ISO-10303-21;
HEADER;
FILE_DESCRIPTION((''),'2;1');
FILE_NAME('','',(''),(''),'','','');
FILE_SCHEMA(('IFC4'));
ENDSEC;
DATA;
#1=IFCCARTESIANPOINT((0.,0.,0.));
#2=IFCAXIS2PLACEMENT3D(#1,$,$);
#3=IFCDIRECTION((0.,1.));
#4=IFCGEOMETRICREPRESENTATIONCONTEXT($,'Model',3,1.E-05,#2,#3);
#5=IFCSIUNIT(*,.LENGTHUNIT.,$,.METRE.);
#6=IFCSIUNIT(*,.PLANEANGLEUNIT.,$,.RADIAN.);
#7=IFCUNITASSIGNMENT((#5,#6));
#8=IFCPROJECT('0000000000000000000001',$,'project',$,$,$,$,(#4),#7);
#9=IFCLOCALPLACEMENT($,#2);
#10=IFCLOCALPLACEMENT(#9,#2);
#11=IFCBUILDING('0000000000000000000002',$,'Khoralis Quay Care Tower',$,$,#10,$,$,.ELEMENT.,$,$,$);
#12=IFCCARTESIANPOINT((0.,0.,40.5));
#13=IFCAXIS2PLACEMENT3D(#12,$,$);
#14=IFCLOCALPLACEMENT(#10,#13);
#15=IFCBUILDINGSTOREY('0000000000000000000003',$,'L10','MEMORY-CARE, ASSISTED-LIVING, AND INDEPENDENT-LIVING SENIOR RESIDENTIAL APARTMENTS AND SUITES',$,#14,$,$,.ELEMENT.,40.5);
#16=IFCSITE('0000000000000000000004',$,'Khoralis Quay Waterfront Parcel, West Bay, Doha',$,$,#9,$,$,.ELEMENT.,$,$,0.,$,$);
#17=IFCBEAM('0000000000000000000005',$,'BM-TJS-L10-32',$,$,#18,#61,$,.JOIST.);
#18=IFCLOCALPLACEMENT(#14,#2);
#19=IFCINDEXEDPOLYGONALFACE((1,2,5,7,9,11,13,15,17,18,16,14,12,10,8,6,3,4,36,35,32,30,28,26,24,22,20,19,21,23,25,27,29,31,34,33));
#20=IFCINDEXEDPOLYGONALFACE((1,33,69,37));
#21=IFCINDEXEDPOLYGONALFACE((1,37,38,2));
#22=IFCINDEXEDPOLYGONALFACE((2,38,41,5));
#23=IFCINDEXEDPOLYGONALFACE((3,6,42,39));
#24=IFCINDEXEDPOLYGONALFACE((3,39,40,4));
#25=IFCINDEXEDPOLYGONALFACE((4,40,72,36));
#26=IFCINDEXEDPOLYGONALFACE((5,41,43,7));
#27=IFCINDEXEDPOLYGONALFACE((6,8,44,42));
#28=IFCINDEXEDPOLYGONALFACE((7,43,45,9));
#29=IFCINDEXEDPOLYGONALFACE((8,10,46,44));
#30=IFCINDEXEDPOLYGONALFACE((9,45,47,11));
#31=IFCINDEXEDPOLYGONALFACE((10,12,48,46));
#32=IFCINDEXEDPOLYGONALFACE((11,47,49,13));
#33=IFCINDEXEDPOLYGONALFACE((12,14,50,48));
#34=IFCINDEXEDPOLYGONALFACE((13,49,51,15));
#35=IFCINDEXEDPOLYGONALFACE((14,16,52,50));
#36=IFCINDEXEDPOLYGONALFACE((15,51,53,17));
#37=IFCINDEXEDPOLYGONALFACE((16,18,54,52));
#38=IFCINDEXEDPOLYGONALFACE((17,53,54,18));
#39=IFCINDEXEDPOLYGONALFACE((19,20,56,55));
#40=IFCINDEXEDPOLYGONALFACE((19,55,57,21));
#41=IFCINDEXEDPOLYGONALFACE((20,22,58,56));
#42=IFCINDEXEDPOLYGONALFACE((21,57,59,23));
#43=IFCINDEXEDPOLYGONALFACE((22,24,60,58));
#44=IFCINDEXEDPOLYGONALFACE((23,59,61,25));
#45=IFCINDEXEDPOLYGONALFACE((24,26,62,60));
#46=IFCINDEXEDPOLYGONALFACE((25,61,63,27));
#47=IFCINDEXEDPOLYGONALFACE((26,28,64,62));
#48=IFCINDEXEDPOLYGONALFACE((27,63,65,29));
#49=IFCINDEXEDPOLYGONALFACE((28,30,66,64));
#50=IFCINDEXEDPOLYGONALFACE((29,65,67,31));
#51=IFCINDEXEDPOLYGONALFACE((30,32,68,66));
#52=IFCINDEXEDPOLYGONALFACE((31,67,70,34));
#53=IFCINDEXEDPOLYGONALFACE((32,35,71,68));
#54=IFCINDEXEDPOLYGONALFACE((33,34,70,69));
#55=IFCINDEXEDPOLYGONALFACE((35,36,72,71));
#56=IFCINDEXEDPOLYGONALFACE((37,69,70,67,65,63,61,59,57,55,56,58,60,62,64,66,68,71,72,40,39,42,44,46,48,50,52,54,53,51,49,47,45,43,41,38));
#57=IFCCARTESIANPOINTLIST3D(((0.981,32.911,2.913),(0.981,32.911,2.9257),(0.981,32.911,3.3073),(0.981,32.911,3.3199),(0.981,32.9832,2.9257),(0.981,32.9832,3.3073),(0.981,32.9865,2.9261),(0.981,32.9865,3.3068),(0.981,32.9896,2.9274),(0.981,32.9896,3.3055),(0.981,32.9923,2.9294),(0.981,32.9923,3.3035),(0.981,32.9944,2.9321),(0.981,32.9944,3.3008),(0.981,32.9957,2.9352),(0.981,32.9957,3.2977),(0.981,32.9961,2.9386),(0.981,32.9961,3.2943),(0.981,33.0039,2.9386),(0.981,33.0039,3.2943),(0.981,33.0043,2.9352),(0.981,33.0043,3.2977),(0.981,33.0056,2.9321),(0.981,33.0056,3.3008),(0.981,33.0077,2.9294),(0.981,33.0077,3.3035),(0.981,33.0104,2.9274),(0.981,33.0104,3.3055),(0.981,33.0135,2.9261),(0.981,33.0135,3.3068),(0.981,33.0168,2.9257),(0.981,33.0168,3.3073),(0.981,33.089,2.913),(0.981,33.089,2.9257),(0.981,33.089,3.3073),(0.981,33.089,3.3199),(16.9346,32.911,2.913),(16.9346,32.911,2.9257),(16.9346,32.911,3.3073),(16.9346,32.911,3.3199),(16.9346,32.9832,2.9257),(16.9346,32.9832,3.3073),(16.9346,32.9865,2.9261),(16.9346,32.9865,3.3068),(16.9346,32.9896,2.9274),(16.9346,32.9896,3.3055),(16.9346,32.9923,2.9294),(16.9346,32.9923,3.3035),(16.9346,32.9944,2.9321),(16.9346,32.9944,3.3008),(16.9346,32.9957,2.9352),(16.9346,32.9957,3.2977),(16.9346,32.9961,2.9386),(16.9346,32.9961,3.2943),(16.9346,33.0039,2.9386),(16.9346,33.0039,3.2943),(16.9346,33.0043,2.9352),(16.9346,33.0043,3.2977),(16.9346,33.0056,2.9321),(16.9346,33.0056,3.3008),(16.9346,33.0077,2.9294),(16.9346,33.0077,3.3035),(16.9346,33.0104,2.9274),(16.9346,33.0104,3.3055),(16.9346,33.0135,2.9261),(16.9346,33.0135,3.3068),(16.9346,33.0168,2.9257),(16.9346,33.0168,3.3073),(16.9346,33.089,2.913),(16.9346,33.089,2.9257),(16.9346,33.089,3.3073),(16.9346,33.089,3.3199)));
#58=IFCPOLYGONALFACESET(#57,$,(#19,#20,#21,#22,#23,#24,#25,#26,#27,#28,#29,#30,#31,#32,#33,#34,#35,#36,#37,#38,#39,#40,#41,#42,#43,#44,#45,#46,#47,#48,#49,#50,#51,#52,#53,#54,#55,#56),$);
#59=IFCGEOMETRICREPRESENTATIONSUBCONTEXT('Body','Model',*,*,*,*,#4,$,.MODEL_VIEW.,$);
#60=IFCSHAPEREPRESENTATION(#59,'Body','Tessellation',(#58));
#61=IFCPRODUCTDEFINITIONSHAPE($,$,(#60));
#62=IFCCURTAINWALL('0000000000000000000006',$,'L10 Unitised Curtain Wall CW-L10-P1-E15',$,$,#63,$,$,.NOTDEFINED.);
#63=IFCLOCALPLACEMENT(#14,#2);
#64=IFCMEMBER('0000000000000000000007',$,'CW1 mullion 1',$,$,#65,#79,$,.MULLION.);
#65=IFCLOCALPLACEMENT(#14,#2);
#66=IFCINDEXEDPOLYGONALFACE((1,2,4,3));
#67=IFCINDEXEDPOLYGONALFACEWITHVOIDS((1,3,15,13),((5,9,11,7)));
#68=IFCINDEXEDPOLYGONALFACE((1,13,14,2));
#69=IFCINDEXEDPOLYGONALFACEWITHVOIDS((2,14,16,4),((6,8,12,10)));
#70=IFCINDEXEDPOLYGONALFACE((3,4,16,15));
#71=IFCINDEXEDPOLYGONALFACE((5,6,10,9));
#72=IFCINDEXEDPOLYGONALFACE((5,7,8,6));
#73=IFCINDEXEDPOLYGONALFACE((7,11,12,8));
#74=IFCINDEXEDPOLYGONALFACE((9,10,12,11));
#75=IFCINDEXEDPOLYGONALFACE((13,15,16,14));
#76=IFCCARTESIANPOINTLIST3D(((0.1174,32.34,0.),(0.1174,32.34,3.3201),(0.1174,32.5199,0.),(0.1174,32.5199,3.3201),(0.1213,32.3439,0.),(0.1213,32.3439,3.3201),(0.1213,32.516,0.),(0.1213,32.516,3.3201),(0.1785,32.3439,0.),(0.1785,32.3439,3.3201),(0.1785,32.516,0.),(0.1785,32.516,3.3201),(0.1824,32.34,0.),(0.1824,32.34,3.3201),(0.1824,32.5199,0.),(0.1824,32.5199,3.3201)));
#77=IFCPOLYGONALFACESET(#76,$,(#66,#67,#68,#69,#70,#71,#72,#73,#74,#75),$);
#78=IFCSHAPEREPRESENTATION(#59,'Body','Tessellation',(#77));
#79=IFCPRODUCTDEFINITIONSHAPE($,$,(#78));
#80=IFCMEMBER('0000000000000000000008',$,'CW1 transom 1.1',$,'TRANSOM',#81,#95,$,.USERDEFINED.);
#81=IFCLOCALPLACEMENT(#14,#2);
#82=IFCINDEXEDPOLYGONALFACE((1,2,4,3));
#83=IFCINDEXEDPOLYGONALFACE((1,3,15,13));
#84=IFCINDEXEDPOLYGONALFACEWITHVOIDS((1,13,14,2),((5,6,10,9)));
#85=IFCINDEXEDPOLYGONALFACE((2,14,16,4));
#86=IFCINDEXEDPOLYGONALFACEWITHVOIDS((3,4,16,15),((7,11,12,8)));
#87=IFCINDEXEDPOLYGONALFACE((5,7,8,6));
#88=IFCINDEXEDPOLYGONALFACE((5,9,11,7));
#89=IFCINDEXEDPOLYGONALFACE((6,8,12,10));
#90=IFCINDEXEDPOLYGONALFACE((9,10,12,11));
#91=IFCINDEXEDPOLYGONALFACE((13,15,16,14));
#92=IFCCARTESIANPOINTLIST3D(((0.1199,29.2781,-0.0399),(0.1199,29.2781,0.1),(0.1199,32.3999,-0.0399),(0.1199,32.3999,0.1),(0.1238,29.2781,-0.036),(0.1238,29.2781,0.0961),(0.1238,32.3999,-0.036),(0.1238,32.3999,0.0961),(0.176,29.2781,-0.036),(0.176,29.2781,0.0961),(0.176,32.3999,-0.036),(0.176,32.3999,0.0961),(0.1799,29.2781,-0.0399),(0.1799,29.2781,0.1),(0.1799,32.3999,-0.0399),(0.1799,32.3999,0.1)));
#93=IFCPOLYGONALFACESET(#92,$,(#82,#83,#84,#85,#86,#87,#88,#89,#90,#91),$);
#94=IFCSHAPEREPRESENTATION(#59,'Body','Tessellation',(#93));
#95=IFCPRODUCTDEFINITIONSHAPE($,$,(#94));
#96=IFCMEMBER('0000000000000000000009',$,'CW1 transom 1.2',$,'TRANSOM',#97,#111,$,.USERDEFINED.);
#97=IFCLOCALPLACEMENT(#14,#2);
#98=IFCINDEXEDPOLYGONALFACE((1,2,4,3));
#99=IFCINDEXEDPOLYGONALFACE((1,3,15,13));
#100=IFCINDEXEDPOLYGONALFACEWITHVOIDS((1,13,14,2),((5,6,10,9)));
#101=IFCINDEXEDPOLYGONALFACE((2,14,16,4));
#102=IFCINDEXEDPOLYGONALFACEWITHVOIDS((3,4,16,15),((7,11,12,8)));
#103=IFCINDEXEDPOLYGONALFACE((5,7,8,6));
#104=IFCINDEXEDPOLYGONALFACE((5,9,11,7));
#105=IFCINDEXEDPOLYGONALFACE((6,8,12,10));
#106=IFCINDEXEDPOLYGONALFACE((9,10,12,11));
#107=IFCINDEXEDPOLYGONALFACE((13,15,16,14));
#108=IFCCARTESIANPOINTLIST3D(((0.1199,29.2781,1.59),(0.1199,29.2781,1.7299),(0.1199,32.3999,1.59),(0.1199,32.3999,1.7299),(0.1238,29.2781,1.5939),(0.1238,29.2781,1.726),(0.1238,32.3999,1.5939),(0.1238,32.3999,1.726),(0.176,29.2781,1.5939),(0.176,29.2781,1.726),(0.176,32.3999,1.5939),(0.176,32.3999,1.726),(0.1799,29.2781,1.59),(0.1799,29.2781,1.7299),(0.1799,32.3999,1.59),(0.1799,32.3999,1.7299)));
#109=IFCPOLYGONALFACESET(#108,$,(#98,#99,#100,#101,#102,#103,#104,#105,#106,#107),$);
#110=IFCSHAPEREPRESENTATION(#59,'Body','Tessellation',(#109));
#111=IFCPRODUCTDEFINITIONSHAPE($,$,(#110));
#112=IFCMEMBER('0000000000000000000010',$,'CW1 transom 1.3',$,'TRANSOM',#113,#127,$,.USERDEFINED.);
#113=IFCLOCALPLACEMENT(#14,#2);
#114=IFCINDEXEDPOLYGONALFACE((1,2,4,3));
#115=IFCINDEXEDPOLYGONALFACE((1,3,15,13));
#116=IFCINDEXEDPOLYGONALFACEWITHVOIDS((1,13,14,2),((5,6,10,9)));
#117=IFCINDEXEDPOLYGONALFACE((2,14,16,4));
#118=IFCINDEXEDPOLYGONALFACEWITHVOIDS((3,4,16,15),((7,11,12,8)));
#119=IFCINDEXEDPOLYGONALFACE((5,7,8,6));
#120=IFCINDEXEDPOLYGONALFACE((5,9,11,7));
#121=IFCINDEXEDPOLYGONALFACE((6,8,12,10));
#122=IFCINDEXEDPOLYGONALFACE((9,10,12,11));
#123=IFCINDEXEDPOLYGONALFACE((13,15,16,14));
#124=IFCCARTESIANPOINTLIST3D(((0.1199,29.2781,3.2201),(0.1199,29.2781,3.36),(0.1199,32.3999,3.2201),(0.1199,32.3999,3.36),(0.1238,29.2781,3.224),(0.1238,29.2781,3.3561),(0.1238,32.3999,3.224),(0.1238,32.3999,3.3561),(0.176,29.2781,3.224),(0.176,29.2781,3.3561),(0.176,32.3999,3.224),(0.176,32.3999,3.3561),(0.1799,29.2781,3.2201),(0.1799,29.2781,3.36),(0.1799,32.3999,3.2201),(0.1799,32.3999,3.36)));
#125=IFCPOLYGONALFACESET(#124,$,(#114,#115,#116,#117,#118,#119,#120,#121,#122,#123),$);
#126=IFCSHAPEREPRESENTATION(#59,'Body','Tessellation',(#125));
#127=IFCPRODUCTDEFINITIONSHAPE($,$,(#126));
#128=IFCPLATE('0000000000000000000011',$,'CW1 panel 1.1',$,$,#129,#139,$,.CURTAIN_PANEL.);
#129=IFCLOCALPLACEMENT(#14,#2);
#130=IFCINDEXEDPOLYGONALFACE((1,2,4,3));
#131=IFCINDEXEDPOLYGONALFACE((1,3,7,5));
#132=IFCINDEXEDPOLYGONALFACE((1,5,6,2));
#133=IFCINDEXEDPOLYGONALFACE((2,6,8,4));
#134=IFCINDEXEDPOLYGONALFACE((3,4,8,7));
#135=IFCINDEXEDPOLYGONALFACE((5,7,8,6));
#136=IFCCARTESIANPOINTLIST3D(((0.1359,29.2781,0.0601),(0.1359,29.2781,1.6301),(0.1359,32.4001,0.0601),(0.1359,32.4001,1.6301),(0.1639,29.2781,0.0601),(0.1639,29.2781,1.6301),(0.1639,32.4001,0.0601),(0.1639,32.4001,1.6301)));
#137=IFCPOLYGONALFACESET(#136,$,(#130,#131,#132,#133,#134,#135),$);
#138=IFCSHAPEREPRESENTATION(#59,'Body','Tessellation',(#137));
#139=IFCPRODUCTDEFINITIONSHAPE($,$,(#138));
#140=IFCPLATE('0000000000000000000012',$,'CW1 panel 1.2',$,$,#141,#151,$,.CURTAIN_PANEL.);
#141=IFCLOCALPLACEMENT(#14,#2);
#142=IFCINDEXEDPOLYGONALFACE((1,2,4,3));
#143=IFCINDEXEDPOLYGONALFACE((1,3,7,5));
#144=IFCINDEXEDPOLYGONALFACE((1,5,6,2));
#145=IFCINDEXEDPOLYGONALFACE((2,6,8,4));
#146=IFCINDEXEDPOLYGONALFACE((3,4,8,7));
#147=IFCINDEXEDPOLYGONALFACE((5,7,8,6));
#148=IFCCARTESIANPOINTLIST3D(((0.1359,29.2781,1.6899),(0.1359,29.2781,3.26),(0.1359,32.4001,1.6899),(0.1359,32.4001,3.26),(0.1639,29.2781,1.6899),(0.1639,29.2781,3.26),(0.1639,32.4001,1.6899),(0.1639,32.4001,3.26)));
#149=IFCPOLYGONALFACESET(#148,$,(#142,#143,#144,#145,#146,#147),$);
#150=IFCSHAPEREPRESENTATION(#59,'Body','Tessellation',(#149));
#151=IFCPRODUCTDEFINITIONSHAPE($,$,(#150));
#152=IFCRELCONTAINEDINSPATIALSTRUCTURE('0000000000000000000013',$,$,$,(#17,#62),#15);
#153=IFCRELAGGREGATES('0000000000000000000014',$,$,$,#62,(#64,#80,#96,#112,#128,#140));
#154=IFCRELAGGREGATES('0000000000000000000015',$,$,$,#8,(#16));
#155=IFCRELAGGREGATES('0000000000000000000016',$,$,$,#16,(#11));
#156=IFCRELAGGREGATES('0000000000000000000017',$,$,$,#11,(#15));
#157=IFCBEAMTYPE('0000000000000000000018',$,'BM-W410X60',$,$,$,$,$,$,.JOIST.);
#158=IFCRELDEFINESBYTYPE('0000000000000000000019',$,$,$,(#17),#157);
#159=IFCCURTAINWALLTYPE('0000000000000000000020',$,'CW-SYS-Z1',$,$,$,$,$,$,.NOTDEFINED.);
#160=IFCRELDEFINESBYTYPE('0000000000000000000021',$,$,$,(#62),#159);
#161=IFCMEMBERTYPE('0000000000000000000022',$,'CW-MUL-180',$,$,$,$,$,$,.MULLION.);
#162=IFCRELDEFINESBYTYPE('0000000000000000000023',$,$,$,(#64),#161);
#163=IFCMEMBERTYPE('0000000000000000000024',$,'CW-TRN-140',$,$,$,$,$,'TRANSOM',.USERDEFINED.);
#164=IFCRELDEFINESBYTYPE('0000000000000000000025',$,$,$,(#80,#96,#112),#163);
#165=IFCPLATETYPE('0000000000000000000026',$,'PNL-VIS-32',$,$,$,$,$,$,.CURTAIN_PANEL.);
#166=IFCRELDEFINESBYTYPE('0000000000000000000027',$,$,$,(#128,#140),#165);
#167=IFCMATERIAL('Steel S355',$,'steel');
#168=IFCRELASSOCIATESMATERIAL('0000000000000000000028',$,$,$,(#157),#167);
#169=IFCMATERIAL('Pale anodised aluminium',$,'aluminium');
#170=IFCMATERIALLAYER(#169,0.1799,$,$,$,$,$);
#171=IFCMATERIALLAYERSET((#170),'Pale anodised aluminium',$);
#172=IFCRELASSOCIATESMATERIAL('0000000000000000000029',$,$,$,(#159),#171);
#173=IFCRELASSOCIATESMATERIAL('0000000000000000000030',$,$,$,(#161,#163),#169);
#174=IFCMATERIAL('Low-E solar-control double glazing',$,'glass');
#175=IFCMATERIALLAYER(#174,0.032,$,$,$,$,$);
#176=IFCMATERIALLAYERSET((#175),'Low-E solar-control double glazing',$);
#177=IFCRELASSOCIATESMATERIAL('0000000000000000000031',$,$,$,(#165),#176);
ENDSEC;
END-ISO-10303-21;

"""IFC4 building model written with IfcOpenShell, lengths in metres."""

from ifc_helpers import new_model, si_unit, direction, frame, origin, origin_2d, place, context, subcontext, project, spatial, rectangle, hollow_rectangle, i_section, extrude, source, transform, mapped, material, layer, layer_set, material_profile, profile_set, type_object, element, aggregate, save


model = new_model("IFC4")

# Units and contexts
model_context = context("Model", 3, precision=1e-05, world=origin(), true_north=direction((0.0, 1.0)))
body_context = subcontext(model_context, "Body", "Model", "MODEL_VIEW")
ifc_project = project(units=[si_unit("LENGTHUNIT", "METRE"), si_unit("PLANEANGLEUNIT", "RADIAN")], contexts=[model_context])

# Site, building, storey
site_placement = place(None, origin())
site = spatial("IfcSite", under=ifc_project, at=site_placement, Name="Khoralis Quay Waterfront Parcel, West Bay, Doha", CompositionType="ELEMENT", RefElevation=0.0)
building_placement = place(site_placement, origin())
building = spatial("IfcBuilding", under=site, at=building_placement, Name="Khoralis Quay Care Tower", CompositionType="ELEMENT")
storey_placement = place(building_placement, frame((0.0, 0.0, 40.5)))
storey = spatial("IfcBuildingStorey", under=building, at=storey_placement, Name="L10", Description="MEMORY-CARE, ASSISTED-LIVING, AND INDEPENDENT-LIVING SENIOR RESIDENTIAL APARTMENTS AND SUITES", CompositionType="ELEMENT", Elevation=40.5)

# Beam
ifc_material_1 = material(Name="Steel S355", Category="steel")
ifc_material_profile_1 = material_profile(ifc_material_1, i_section(OverallWidth=0.178, OverallDepth=0.407, WebThickness=0.0078, FlangeThickness=0.0127, FilletRadius=0.0129, at=origin_2d()), Name="Steel S355")
ifc_profile_set_1 = profile_set([ifc_material_profile_1], Name="Steel S355")
beam_type_1 = type_object("IfcBeamType", Name="BM-W410X60", PredefinedType="JOIST", material=ifc_profile_set_1)
shared_shape_1 = source(origin(), body_context, "Body", "SweptSolid", [
    extrude(i_section(OverallWidth=0.178, OverallDepth=0.407, WebThickness=0.0078, FlangeThickness=0.0127, FilletRadius=0.0129, at=origin_2d()), origin(), (0.0, 0.0, 1.0), 15.9536),
])
beam_1_placement = place(storey_placement, frame((0.981, 33.0, 3.1165), z_axis=(1.0, 0.0, 0.0), x_axis=(0.0, 1.0, 0.0)))
element("IfcBeam", 1, at=beam_1_placement, inside=storey, type_object=beam_type_1, Name="BM-TJS-L10-32", PredefinedType="JOIST", context=body_context, shape_type="MappedRepresentation", body=[
    mapped(shared_shape_1, transform((0.0, 0.0, 0.0), scale=1.0)),
])

# Curtain wall, members, plates
ifc_material_2 = material(Name="Pale anodised aluminium", Category="aluminium")
ifc_layer_1 = layer(ifc_material_2, 0.1799)
ifc_layer_set_1 = layer_set([ifc_layer_1], Name="Pale anodised aluminium")
curtain_wall_type = type_object("IfcCurtainWallType", Name="CW-SYS-Z1", PredefinedType="NOTDEFINED", material=ifc_layer_set_1)
curtain_wall_placement = place(storey_placement, origin())
curtain_wall = element("IfcCurtainWall", 2, at=curtain_wall_placement, inside=storey, type_object=curtain_wall_type, Name="L10 Unitised Curtain Wall CW-L10-P1-E15", PredefinedType="NOTDEFINED")
ifc_material_profile_2 = material_profile(ifc_material_2, hollow_rectangle(XDim=0.0649, YDim=0.1799, WallThickness=0.0039, at=origin_2d()), Name="Pale anodised aluminium")
ifc_profile_set_2 = profile_set([ifc_material_profile_2], Name="Pale anodised aluminium")
member_type_1 = type_object("IfcMemberType", Name="CW-MUL-180", PredefinedType="MULLION", material=ifc_profile_set_2)
shared_shape_2 = source(origin(), body_context, "Body", "SweptSolid", [
    extrude(hollow_rectangle(XDim=0.0649, YDim=0.1799, WallThickness=0.0039, at=origin_2d()), origin(), (0.0, 0.0, 1.0), 3.3201),
])
member_1_placement = place(storey_placement, frame((0.1499, 32.4299, 0.0), z_axis=(0.0, 0.0, 1.0), x_axis=(1.0, 0.0, 0.0)))
member_1 = element("IfcMember", 3, at=member_1_placement, type_object=member_type_1, Name="CW1 mullion 1", PredefinedType="MULLION", context=body_context, shape_type="MappedRepresentation", body=[
    mapped(shared_shape_2, transform((0.0, 0.0, 0.0), scale=1.0)),
])
ifc_material_profile_3 = material_profile(ifc_material_2, hollow_rectangle(XDim=0.0601, YDim=0.1399, WallThickness=0.0039, at=origin_2d()), Name="Pale anodised aluminium")
ifc_profile_set_3 = profile_set([ifc_material_profile_3], Name="Pale anodised aluminium")
member_type_2 = type_object("IfcMemberType", Name="CW-TRN-140", ElementType="TRANSOM", PredefinedType="USERDEFINED", material=ifc_profile_set_3)
shared_shape_3 = source(origin(), body_context, "Body", "SweptSolid", [
    extrude(hollow_rectangle(XDim=0.0601, YDim=0.1399, WallThickness=0.0039, at=origin_2d()), origin(), (0.0, 0.0, 1.0), 3.1218),
])
member_2_placement = place(storey_placement, frame((0.1499, 32.3999, 0.03), z_axis=(0.0, -1.0, 0.0), x_axis=(1.0, 0.0, 0.0)))
member_2 = element("IfcMember", 4, at=member_2_placement, type_object=member_type_2, Name="CW1 transom 1.1", ObjectType="TRANSOM", PredefinedType="USERDEFINED", context=body_context, shape_type="MappedRepresentation", body=[
    mapped(shared_shape_3, transform((0.0, 0.0, 0.0), scale=1.0)),
])
member_3_placement = place(storey_placement, frame((0.1499, 32.3999, 1.6599), z_axis=(0.0, -1.0, 0.0), x_axis=(1.0, 0.0, 0.0)))
member_3 = element("IfcMember", 5, at=member_3_placement, type_object=member_type_2, Name="CW1 transom 1.2", ObjectType="TRANSOM", PredefinedType="USERDEFINED", context=body_context, shape_type="MappedRepresentation", body=[
    mapped(shared_shape_3, transform((0.0, 0.0, 0.0), scale=1.0)),
])
member_4_placement = place(storey_placement, frame((0.1499, 32.3999, 3.29), z_axis=(0.0, -1.0, 0.0), x_axis=(1.0, 0.0, 0.0)))
member_4 = element("IfcMember", 6, at=member_4_placement, type_object=member_type_2, Name="CW1 transom 1.3", ObjectType="TRANSOM", PredefinedType="USERDEFINED", context=body_context, shape_type="MappedRepresentation", body=[
    mapped(shared_shape_3, transform((0.0, 0.0, 0.0), scale=1.0)),
])
ifc_material_3 = material(Name="Low-E solar-control double glazing", Category="glass")
ifc_layer_2 = layer(ifc_material_3, 0.032)
ifc_layer_set_2 = layer_set([ifc_layer_2], Name="Low-E solar-control double glazing")
plate_type = type_object("IfcPlateType", Name="PNL-VIS-32", PredefinedType="CURTAIN_PANEL", material=ifc_layer_set_2)
shared_shape_4 = source(origin(), body_context, "Body", "SweptSolid", [
    extrude(rectangle(XDim=3.1221, YDim=0.0281, at=origin_2d()), origin(), (0.0, 0.0, 1.0), 1.5701),
])
plate_1_placement = place(storey_placement, frame((0.1499, 30.8391, 0.0601), z_axis=(0.0, 0.0, 1.0), x_axis=(0.0, -1.0, 0.0)))
plate_1 = element("IfcPlate", 7, at=plate_1_placement, type_object=plate_type, Name="CW1 panel 1.1", PredefinedType="CURTAIN_PANEL", context=body_context, shape_type="MappedRepresentation", body=[
    mapped(shared_shape_4, transform((0.0, 0.0, 0.0), scale=1.0)),
])
plate_2_placement = place(storey_placement, frame((0.1499, 30.8391, 1.6899), z_axis=(0.0, 0.0, 1.0), x_axis=(0.0, -1.0, 0.0)))
plate_2 = element("IfcPlate", 8, at=plate_2_placement, type_object=plate_type, Name="CW1 panel 1.2", PredefinedType="CURTAIN_PANEL", context=body_context, shape_type="MappedRepresentation", body=[
    mapped(shared_shape_4, transform((0.0, 0.0, 0.0), scale=1.0)),
])
aggregate(curtain_wall, [member_1, member_2, member_3, member_4, plate_1, plate_2])

save(model, "model.ifc")
